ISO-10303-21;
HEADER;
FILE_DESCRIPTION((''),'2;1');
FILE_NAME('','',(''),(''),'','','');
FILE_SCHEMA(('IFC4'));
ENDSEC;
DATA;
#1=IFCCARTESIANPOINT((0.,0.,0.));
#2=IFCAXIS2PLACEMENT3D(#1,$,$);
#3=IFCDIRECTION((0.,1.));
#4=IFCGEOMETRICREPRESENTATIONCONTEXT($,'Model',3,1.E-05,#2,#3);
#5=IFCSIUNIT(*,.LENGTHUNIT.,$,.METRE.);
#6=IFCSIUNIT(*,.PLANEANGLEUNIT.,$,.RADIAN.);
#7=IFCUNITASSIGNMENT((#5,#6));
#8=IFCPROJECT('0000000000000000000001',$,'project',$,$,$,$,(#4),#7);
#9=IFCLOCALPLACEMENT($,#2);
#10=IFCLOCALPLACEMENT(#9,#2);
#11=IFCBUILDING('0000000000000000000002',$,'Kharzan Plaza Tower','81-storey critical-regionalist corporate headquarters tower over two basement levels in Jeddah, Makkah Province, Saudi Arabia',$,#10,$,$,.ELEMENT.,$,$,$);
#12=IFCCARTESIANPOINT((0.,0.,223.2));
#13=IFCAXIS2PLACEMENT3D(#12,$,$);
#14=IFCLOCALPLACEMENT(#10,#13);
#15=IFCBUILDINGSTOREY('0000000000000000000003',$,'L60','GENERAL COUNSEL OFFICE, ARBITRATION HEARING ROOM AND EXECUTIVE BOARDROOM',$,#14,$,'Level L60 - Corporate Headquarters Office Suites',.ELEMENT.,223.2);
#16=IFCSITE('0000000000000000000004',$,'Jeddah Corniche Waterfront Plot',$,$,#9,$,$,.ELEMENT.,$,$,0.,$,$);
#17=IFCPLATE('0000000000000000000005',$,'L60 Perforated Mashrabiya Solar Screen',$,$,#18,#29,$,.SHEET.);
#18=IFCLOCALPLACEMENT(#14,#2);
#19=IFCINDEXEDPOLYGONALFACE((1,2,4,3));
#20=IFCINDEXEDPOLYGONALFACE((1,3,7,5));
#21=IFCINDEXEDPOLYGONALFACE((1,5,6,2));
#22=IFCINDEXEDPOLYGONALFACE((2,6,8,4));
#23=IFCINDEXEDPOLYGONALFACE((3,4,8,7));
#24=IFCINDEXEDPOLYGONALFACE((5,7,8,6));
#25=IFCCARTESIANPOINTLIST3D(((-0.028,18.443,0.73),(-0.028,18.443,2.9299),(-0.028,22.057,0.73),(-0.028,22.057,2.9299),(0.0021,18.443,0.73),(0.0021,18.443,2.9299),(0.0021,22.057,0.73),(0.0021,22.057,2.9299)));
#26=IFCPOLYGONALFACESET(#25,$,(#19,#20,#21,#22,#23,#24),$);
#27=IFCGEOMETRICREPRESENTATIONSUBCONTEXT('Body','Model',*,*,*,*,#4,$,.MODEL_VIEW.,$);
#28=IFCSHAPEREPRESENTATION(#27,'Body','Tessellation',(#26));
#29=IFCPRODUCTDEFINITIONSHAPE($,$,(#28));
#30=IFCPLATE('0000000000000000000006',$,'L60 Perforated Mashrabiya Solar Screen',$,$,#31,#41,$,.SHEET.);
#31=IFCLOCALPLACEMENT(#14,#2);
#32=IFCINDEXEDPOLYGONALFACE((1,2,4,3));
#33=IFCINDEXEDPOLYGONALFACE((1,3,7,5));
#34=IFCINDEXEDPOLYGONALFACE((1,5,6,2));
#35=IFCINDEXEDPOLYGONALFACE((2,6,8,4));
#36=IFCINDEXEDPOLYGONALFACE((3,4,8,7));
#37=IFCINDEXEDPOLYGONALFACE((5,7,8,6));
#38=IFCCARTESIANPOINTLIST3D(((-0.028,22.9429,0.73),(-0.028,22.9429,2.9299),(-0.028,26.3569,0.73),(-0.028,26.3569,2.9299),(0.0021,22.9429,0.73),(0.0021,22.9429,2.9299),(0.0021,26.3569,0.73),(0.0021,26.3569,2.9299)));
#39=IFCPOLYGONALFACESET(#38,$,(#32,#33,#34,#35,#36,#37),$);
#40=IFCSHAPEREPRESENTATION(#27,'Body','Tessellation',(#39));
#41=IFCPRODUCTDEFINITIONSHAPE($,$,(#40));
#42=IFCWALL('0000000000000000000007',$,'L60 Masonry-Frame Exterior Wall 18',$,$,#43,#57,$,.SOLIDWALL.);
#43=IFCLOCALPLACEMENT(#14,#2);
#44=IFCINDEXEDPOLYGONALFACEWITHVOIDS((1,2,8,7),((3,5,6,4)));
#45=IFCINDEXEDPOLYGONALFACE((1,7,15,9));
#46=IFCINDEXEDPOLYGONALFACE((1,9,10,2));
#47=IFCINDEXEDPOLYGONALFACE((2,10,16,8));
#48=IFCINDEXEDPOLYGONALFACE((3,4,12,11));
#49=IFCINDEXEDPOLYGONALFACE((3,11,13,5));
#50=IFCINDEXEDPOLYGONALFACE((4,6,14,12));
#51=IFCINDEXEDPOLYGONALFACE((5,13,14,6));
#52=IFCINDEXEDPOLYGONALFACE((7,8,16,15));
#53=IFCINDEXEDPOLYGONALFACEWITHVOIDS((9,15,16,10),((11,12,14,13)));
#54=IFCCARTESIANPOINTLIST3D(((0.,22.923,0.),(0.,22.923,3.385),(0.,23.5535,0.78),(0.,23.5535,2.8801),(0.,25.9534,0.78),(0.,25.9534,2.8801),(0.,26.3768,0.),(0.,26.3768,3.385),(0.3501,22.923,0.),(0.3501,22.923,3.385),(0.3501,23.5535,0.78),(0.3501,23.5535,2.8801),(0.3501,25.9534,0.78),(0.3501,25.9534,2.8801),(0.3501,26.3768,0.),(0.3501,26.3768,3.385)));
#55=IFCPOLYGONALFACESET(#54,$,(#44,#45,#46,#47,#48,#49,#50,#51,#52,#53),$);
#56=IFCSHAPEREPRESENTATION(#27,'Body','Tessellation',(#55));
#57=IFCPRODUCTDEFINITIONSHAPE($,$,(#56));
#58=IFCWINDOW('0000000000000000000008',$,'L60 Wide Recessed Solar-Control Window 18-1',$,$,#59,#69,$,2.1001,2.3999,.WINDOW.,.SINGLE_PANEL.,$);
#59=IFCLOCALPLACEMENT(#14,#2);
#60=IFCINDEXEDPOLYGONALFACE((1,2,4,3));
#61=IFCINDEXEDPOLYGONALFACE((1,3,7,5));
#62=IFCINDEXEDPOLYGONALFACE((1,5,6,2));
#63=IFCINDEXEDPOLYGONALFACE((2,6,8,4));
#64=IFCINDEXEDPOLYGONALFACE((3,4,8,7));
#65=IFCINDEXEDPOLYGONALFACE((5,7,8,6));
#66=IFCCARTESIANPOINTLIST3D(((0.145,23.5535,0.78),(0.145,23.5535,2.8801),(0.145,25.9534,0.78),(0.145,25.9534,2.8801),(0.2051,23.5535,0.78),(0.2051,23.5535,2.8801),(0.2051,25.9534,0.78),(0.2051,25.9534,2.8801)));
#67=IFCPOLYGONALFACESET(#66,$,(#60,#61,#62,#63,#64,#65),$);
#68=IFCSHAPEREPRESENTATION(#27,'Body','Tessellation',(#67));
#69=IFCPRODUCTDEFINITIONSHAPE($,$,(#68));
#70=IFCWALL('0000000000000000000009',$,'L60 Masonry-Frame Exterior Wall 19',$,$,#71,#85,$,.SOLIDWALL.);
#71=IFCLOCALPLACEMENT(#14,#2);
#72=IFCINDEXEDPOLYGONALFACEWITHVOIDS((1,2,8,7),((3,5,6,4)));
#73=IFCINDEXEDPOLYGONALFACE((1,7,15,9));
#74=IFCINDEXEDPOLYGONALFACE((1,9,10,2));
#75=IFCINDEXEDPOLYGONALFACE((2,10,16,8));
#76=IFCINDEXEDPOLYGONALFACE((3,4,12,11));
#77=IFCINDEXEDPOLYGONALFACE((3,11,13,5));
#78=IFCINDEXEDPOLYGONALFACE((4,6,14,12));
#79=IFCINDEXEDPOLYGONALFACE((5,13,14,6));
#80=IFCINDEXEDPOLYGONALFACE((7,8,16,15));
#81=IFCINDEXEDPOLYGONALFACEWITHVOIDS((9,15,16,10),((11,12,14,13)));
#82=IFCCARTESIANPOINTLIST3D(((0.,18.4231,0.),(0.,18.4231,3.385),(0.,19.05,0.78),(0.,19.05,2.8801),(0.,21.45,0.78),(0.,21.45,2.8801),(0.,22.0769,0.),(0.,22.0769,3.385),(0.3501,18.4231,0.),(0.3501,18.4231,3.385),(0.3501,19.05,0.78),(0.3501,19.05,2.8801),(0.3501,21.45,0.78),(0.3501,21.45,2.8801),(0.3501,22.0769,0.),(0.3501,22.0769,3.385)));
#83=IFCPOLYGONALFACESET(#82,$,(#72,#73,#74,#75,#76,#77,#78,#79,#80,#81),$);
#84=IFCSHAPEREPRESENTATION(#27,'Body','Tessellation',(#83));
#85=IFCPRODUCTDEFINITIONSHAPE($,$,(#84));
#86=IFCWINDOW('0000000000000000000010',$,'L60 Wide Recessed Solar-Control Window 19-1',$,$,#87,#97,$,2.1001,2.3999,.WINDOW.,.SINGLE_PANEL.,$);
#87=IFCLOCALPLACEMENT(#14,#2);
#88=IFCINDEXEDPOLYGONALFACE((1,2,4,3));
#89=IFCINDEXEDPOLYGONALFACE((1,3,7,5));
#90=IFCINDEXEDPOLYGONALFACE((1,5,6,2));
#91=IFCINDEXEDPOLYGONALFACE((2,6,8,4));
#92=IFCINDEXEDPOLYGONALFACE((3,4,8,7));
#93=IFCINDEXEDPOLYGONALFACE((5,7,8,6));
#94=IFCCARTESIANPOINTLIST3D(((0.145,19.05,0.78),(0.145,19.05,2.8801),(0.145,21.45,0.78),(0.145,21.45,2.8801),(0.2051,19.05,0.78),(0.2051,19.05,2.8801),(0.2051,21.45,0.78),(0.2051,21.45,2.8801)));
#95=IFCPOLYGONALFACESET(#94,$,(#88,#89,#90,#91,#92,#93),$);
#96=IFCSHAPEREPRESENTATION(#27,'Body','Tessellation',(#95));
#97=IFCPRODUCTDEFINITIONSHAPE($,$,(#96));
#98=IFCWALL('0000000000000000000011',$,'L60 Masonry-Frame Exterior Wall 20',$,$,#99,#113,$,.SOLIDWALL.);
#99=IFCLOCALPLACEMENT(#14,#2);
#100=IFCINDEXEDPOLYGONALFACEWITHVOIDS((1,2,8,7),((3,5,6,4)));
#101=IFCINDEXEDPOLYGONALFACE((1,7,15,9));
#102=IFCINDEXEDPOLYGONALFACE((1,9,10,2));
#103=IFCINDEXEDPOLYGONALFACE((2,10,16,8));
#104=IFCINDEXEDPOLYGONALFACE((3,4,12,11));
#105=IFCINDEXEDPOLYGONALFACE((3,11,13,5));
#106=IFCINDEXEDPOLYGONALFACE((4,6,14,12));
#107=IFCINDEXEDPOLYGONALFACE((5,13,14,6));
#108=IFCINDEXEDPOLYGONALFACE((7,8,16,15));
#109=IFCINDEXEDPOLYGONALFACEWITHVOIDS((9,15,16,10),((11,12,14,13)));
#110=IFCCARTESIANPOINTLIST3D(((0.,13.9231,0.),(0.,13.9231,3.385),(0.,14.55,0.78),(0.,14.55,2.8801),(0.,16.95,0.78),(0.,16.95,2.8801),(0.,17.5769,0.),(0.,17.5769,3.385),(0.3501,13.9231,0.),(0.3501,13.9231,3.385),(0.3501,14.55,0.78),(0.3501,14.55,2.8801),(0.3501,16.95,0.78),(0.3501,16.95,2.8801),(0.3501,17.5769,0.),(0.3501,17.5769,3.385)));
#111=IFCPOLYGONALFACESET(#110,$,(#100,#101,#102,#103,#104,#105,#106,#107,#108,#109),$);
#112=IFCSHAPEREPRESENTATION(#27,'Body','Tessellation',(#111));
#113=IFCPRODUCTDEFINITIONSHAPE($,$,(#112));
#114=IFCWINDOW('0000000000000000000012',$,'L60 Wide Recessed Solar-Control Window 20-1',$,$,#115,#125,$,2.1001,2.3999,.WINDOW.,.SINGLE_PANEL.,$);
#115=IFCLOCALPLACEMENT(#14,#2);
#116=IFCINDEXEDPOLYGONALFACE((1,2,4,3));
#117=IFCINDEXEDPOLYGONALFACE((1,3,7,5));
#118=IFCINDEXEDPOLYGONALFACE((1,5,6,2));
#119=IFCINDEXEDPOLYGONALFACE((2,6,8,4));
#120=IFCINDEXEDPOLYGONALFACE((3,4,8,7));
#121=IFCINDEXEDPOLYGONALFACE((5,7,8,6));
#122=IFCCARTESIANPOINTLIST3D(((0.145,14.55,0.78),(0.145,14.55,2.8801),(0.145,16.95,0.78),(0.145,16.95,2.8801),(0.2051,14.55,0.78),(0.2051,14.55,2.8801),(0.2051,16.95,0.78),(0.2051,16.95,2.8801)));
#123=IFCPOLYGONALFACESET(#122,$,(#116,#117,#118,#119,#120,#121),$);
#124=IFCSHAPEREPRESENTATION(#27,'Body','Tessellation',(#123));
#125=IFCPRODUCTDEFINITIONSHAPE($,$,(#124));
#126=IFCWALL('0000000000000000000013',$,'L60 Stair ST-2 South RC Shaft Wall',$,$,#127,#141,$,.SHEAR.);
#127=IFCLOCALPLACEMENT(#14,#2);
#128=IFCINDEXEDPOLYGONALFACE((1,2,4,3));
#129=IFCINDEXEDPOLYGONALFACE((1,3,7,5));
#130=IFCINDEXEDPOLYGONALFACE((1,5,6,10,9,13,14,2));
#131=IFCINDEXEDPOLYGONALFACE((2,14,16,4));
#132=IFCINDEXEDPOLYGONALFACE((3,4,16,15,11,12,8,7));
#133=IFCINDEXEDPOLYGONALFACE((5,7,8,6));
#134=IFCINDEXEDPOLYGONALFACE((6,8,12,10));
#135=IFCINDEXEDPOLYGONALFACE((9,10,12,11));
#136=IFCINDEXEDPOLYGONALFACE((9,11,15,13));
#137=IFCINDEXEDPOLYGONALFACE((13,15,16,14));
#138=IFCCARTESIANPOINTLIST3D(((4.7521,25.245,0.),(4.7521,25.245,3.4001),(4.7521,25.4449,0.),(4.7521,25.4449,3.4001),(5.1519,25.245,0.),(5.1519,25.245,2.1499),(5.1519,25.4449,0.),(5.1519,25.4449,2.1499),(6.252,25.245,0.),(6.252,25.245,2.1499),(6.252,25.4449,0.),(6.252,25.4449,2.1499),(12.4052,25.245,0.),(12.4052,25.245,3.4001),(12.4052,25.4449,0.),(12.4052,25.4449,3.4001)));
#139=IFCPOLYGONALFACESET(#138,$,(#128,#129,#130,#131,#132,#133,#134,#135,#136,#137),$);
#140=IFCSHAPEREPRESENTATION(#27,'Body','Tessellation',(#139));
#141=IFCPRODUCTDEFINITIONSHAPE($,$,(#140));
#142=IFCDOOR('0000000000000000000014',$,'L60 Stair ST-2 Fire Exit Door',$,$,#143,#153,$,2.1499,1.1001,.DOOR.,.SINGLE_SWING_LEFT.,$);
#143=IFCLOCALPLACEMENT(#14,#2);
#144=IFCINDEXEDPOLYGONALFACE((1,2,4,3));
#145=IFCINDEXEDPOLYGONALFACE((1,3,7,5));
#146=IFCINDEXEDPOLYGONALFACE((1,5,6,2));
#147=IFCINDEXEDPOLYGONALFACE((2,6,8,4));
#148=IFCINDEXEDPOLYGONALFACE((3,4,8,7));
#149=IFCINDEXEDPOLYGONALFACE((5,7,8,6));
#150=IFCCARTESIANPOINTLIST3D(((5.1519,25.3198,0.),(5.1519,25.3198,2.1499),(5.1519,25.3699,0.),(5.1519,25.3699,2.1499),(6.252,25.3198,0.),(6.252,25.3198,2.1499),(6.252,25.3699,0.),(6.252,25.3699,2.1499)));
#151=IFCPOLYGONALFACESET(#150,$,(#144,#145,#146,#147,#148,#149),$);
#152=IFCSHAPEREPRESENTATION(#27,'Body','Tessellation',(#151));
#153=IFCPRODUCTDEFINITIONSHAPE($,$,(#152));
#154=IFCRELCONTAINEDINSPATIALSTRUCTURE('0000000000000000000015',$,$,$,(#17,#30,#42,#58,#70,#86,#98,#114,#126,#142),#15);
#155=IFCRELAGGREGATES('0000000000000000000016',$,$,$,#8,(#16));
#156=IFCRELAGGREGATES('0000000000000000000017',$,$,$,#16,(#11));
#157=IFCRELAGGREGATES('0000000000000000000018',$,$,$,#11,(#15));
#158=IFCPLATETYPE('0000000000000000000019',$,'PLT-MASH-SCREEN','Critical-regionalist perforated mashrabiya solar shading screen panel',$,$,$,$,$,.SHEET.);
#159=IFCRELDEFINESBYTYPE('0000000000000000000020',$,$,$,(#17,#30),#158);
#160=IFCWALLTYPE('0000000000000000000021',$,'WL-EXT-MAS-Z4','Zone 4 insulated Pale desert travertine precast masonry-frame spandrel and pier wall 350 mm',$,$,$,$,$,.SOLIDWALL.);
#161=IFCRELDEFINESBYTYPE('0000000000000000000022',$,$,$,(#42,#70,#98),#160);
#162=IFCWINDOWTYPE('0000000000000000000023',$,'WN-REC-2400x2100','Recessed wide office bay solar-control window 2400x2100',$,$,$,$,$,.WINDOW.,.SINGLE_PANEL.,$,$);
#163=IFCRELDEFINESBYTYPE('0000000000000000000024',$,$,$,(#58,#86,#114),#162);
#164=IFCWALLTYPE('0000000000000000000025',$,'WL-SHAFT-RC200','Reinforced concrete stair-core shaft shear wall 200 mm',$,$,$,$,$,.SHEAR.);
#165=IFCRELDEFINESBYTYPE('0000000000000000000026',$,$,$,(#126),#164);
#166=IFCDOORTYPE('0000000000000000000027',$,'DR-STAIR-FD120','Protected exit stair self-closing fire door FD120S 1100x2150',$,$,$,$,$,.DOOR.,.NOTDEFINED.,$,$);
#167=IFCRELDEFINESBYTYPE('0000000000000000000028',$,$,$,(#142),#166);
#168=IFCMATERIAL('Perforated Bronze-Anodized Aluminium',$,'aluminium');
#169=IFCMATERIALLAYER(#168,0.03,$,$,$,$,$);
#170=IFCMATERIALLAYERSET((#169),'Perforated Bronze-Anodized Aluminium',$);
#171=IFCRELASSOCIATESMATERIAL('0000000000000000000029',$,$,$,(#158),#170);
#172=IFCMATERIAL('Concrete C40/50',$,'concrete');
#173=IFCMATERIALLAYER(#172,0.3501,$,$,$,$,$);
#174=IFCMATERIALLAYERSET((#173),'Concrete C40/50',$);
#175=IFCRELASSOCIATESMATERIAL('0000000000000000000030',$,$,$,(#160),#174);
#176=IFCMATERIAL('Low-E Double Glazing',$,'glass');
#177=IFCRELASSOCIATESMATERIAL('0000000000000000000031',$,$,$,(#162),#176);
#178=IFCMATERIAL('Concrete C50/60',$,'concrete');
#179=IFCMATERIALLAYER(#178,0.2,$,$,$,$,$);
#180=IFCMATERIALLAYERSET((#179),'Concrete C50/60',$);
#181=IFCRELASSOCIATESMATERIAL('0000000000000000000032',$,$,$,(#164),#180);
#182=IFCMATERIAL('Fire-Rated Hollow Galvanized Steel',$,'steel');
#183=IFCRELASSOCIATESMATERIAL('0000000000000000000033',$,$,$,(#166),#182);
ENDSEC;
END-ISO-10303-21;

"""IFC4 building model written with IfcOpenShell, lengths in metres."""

from ifc_helpers import new_model, si_unit, direction, frame, frame_2d, origin, origin_2d, place, context, subcontext, project, spatial, rectangle, extrude, source, transform, mapped, material, layer, layer_set, type_object, element, fill, save


model = new_model("IFC4")

# Units and contexts
model_context = context("Model", 3, precision=1e-05, world=origin(), true_north=direction((0.0, 1.0)))
body_context = subcontext(model_context, "Body", "Model", "MODEL_VIEW")
ifc_project = project(units=[si_unit("LENGTHUNIT", "METRE"), si_unit("PLANEANGLEUNIT", "RADIAN")], contexts=[model_context])

# Site, building, storey
site_placement = place(None, origin())
site = spatial("IfcSite", under=ifc_project, at=site_placement, Name="Jeddah Corniche Waterfront Plot", CompositionType="ELEMENT", RefElevation=0.0)
building_placement = place(site_placement, origin())
building = spatial("IfcBuilding", under=site, at=building_placement, Name="Kharzan Plaza Tower", Description="81-storey critical-regionalist corporate headquarters tower over two basement levels in Jeddah, Makkah Province, Saudi Arabia", CompositionType="ELEMENT")
storey_placement = place(building_placement, frame((0.0, 0.0, 223.2)))
storey = spatial("IfcBuildingStorey", under=building, at=storey_placement, Name="L60", Description="GENERAL COUNSEL OFFICE, ARBITRATION HEARING ROOM AND EXECUTIVE BOARDROOM", LongName="Level L60 - Corporate Headquarters Office Suites", CompositionType="ELEMENT", Elevation=223.2)

# Shared definitions
ifc_material_1 = material(Name="Concrete C50/60", Category="concrete")

# Plates
ifc_material_2 = material(Name="Perforated Bronze-Anodized Aluminium", Category="aluminium")
ifc_layer_1 = layer(ifc_material_2, 0.03)
ifc_layer_set_1 = layer_set([ifc_layer_1], Name="Perforated Bronze-Anodized Aluminium")
plate_type = type_object("IfcPlateType", Name="PLT-MASH-SCREEN", Description="Critical-regionalist perforated mashrabiya solar shading screen panel", PredefinedType="SHEET", material=ifc_layer_set_1)
shared_shape_1 = source(origin(), body_context, "Body", "SweptSolid", [
    extrude(rectangle(XDim=3.614, YDim=0.03, at=origin_2d()), origin(), (0.0, 0.0, 1.0), 2.2),
])
plate_1_placement = place(storey_placement, frame((-0.0129, 20.25, 0.73), z_axis=(0.0, 0.0, 1.0), x_axis=(0.0, -1.0, 0.0)))
element("IfcPlate", 1, at=plate_1_placement, inside=storey, type_object=plate_type, Name="L60 Perforated Mashrabiya Solar Screen", PredefinedType="SHEET", context=body_context, shape_type="MappedRepresentation", body=[
    mapped(shared_shape_1, transform((0.0, 0.0, 0.0), x_axis=(1.0, 0.0, 0.0), y_axis=(0.0, 1.0, 0.0), z_axis=(0.0, 0.0, 1.0))),
])
shared_shape_2 = source(origin(), body_context, "Body", "SweptSolid", [
    extrude(rectangle(XDim=3.4141, YDim=0.03, at=origin_2d()), origin(), (0.0, 0.0, 1.0), 2.2),
])
plate_2_placement = place(storey_placement, frame((-0.0129, 24.6499, 0.73), z_axis=(0.0, 0.0, 1.0), x_axis=(0.0, -1.0, 0.0)))
element("IfcPlate", 2, at=plate_2_placement, inside=storey, type_object=plate_type, Name="L60 Perforated Mashrabiya Solar Screen", PredefinedType="SHEET", context=body_context, shape_type="MappedRepresentation", body=[
    mapped(shared_shape_2, transform((0.0, 0.0, 0.0), x_axis=(1.0, 0.0, 0.0), y_axis=(0.0, 1.0, 0.0), z_axis=(0.0, 0.0, 1.0))),
])

# Walls, openings, windows
ifc_material_3 = material(Name="Concrete C40/50", Category="concrete")
ifc_layer_2 = layer(ifc_material_3, 0.3501)
ifc_layer_set_2 = layer_set([ifc_layer_2], Name="Concrete C40/50")
wall_type_1 = type_object("IfcWallType", Name="WL-EXT-MAS-Z4", Description="Zone 4 insulated Pale desert travertine precast masonry-frame spandrel and pier wall 350 mm", PredefinedType="SOLIDWALL", material=ifc_layer_set_2)
wall_1_placement = place(storey_placement, frame((0.175, 26.377, 0.0), z_axis=(0.0, 0.0, 1.0), x_axis=(0.0, -1.0, 0.0)))
wall_1 = element("IfcWall", 3, at=wall_1_placement, inside=storey, type_object=wall_type_1, Name="L60 Masonry-Frame Exterior Wall 18", PredefinedType="SOLIDWALL", context=body_context, shape_type="SweptSolid", body=[
    extrude(rectangle(XDim=3.4539, YDim=0.3501, at=frame_2d((1.7271, 0.0))), origin(), (0.0, 0.0, 1.0), 3.385),
])
opening_1_placement = place(wall_1_placement, frame((0.4236, 0.0, 0.78)))
opening_1 = element("IfcOpeningElement", 4, at=opening_1_placement, cuts=wall_1, PredefinedType="OPENING", context=body_context, shape_type="SweptSolid", body=[
    extrude(rectangle(XDim=2.3999, YDim=2.1001, at=frame_2d((1.2, 1.05))), frame((0.0, 0.1851, 0.0), z_axis=(0.0, -1.0, 0.0), x_axis=(1.0, 0.0, 0.0)), (0.0, 0.0, 1.0), 0.3701),
])
ifc_material_4 = material(Name="Low-E Double Glazing", Category="glass")
window_type = type_object("IfcWindowType", Name="WN-REC-2400x2100", Description="Recessed wide office bay solar-control window 2400x2100", PartitioningType="SINGLE_PANEL", PredefinedType="WINDOW", material=ifc_material_4)
shared_shape_3 = source(origin(), body_context, "Body", "SweptSolid", [
    extrude(rectangle(XDim=2.3999, YDim=2.1001, at=frame_2d((1.2, 1.05))), frame((0.0, 0.03, 0.0), z_axis=(0.0, -1.0, 0.0), x_axis=(1.0, 0.0, 0.0)), (0.0, 0.0, 1.0), 0.0601),
])
window_1_placement = place(opening_1_placement, origin())
window_1 = element("IfcWindow", 5, at=window_1_placement, inside=storey, type_object=window_type, Name="L60 Wide Recessed Solar-Control Window 18-1", OverallHeight=2.1001, OverallWidth=2.3999, PartitioningType="SINGLE_PANEL", PredefinedType="WINDOW", context=body_context, shape_type="MappedRepresentation", body=[
    mapped(shared_shape_3, transform((0.0, 0.0, 0.0), x_axis=(1.0, 0.0, 0.0), y_axis=(0.0, 1.0, 0.0), z_axis=(0.0, 0.0, 1.0))),
])
fill(opening_1, window_1)
wall_2_placement = place(storey_placement, frame((0.175, 22.0769, 0.0), z_axis=(0.0, 0.0, 1.0), x_axis=(0.0, -1.0, 0.0)))
wall_2 = element("IfcWall", 6, at=wall_2_placement, inside=storey, type_object=wall_type_1, Name="L60 Masonry-Frame Exterior Wall 19", PredefinedType="SOLIDWALL", context=body_context, shape_type="SweptSolid", body=[
    extrude(rectangle(XDim=3.6538, YDim=0.3501, at=frame_2d((1.8269, 0.0))), origin(), (0.0, 0.0, 1.0), 3.385),
])
opening_2_placement = place(wall_2_placement, frame((0.627, 0.0, 0.78)))
opening_2 = element("IfcOpeningElement", 7, at=opening_2_placement, cuts=wall_2, PredefinedType="OPENING", context=body_context, shape_type="SweptSolid", body=[
    extrude(rectangle(XDim=2.3999, YDim=2.1001, at=frame_2d((1.2, 1.05))), frame((0.0, 0.1851, 0.0), z_axis=(0.0, -1.0, 0.0), x_axis=(1.0, 0.0, 0.0)), (0.0, 0.0, 1.0), 0.3701),
])
window_2_placement = place(opening_2_placement, origin())
window_2 = element("IfcWindow", 8, at=window_2_placement, inside=storey, type_object=window_type, Name="L60 Wide Recessed Solar-Control Window 19-1", OverallHeight=2.1001, OverallWidth=2.3999, PartitioningType="SINGLE_PANEL", PredefinedType="WINDOW", context=body_context, shape_type="MappedRepresentation", body=[
    mapped(shared_shape_3, transform((0.0, 0.0, 0.0), x_axis=(1.0, 0.0, 0.0), y_axis=(0.0, 1.0, 0.0), z_axis=(0.0, 0.0, 1.0))),
])
fill(opening_2, window_2)
wall_3_placement = place(storey_placement, frame((0.175, 17.5769, 0.0), z_axis=(0.0, 0.0, 1.0), x_axis=(0.0, -1.0, 0.0)))
wall_3 = element("IfcWall", 9, at=wall_3_placement, inside=storey, type_object=wall_type_1, Name="L60 Masonry-Frame Exterior Wall 20", PredefinedType="SOLIDWALL", context=body_context, shape_type="SweptSolid", body=[
    extrude(rectangle(XDim=3.6538, YDim=0.3501, at=frame_2d((1.8269, 0.0))), origin(), (0.0, 0.0, 1.0), 3.385),
])
opening_3_placement = place(wall_3_placement, frame((0.627, 0.0, 0.78)))
opening_3 = element("IfcOpeningElement", 10, at=opening_3_placement, cuts=wall_3, PredefinedType="OPENING", context=body_context, shape_type="SweptSolid", body=[
    extrude(rectangle(XDim=2.3999, YDim=2.1001, at=frame_2d((1.2, 1.05))), frame((0.0, 0.1851, 0.0), z_axis=(0.0, -1.0, 0.0), x_axis=(1.0, 0.0, 0.0)), (0.0, 0.0, 1.0), 0.3701),
])
window_3_placement = place(opening_3_placement, origin())
window_3 = element("IfcWindow", 11, at=window_3_placement, inside=storey, type_object=window_type, Name="L60 Wide Recessed Solar-Control Window 20-1", OverallHeight=2.1001, OverallWidth=2.3999, PartitioningType="SINGLE_PANEL", PredefinedType="WINDOW", context=body_context, shape_type="MappedRepresentation", body=[
    mapped(shared_shape_3, transform((0.0, 0.0, 0.0), x_axis=(1.0, 0.0, 0.0), y_axis=(0.0, 1.0, 0.0), z_axis=(0.0, 0.0, 1.0))),
])
fill(opening_3, window_3)

# Wall, opening, door
ifc_layer_3 = layer(ifc_material_1, 0.2)
ifc_layer_set_3 = layer_set([ifc_layer_3], Name="Concrete C50/60")
wall_type_2 = type_object("IfcWallType", Name="WL-SHAFT-RC200", Description="Reinforced concrete stair-core shaft shear wall 200 mm", PredefinedType="SHEAR", material=ifc_layer_set_3)
wall_4_placement = place(storey_placement, frame((4.752, 25.345, 0.0), z_axis=(0.0, 0.0, 1.0), x_axis=(1.0, 0.0, 0.0)))
wall_4 = element("IfcWall", 12, at=wall_4_placement, inside=storey, type_object=wall_type_2, Name="L60 Stair ST-2 South RC Shaft Wall", PredefinedType="SHEAR", context=body_context, shape_type="SweptSolid", body=[
    extrude(rectangle(XDim=7.6531, YDim=0.2, at=frame_2d((3.8267, 0.0))), origin(), (0.0, 0.0, 1.0), 3.4001),
])
opening_4_placement = place(wall_4_placement, frame((0.3999, 0.0, 0.0)))
opening_4 = element("IfcOpeningElement", 13, at=opening_4_placement, cuts=wall_4, PredefinedType="OPENING", context=body_context, shape_type="SweptSolid", body=[
    extrude(rectangle(XDim=1.1001, YDim=2.1499, at=frame_2d((0.55, 1.075))), frame((0.0, 0.1099, 0.0), z_axis=(0.0, -1.0, 0.0), x_axis=(1.0, 0.0, 0.0)), (0.0, 0.0, 1.0), 0.22),
])
ifc_material_5 = material(Name="Fire-Rated Hollow Galvanized Steel", Category="steel")
door_type = type_object("IfcDoorType", Name="DR-STAIR-FD120", Description="Protected exit stair self-closing fire door FD120S 1100x2150", OperationType="NOTDEFINED", PredefinedType="DOOR", material=ifc_material_5)
shared_shape_4 = source(origin(), body_context, "Body", "SweptSolid", [
    extrude(rectangle(XDim=1.1001, YDim=2.1499, at=frame_2d((0.55, 1.075))), frame((0.0, 0.0249, 0.0), z_axis=(0.0, -1.0, 0.0), x_axis=(1.0, 0.0, 0.0)), (0.0, 0.0, 1.0), 0.05),
])
door_placement = place(opening_4_placement, origin())
door = element("IfcDoor", 14, at=door_placement, inside=storey, type_object=door_type, Name="L60 Stair ST-2 Fire Exit Door", OperationType="SINGLE_SWING_LEFT", OverallHeight=2.1499, OverallWidth=1.1001, PredefinedType="DOOR", context=body_context, shape_type="MappedRepresentation", body=[
    mapped(shared_shape_4, transform((0.0, 0.0, 0.0), x_axis=(1.0, 0.0, 0.0), y_axis=(0.0, 1.0, 0.0), z_axis=(0.0, 0.0, 1.0))),
])
fill(opening_4, door)

save(model, "model.ifc")
